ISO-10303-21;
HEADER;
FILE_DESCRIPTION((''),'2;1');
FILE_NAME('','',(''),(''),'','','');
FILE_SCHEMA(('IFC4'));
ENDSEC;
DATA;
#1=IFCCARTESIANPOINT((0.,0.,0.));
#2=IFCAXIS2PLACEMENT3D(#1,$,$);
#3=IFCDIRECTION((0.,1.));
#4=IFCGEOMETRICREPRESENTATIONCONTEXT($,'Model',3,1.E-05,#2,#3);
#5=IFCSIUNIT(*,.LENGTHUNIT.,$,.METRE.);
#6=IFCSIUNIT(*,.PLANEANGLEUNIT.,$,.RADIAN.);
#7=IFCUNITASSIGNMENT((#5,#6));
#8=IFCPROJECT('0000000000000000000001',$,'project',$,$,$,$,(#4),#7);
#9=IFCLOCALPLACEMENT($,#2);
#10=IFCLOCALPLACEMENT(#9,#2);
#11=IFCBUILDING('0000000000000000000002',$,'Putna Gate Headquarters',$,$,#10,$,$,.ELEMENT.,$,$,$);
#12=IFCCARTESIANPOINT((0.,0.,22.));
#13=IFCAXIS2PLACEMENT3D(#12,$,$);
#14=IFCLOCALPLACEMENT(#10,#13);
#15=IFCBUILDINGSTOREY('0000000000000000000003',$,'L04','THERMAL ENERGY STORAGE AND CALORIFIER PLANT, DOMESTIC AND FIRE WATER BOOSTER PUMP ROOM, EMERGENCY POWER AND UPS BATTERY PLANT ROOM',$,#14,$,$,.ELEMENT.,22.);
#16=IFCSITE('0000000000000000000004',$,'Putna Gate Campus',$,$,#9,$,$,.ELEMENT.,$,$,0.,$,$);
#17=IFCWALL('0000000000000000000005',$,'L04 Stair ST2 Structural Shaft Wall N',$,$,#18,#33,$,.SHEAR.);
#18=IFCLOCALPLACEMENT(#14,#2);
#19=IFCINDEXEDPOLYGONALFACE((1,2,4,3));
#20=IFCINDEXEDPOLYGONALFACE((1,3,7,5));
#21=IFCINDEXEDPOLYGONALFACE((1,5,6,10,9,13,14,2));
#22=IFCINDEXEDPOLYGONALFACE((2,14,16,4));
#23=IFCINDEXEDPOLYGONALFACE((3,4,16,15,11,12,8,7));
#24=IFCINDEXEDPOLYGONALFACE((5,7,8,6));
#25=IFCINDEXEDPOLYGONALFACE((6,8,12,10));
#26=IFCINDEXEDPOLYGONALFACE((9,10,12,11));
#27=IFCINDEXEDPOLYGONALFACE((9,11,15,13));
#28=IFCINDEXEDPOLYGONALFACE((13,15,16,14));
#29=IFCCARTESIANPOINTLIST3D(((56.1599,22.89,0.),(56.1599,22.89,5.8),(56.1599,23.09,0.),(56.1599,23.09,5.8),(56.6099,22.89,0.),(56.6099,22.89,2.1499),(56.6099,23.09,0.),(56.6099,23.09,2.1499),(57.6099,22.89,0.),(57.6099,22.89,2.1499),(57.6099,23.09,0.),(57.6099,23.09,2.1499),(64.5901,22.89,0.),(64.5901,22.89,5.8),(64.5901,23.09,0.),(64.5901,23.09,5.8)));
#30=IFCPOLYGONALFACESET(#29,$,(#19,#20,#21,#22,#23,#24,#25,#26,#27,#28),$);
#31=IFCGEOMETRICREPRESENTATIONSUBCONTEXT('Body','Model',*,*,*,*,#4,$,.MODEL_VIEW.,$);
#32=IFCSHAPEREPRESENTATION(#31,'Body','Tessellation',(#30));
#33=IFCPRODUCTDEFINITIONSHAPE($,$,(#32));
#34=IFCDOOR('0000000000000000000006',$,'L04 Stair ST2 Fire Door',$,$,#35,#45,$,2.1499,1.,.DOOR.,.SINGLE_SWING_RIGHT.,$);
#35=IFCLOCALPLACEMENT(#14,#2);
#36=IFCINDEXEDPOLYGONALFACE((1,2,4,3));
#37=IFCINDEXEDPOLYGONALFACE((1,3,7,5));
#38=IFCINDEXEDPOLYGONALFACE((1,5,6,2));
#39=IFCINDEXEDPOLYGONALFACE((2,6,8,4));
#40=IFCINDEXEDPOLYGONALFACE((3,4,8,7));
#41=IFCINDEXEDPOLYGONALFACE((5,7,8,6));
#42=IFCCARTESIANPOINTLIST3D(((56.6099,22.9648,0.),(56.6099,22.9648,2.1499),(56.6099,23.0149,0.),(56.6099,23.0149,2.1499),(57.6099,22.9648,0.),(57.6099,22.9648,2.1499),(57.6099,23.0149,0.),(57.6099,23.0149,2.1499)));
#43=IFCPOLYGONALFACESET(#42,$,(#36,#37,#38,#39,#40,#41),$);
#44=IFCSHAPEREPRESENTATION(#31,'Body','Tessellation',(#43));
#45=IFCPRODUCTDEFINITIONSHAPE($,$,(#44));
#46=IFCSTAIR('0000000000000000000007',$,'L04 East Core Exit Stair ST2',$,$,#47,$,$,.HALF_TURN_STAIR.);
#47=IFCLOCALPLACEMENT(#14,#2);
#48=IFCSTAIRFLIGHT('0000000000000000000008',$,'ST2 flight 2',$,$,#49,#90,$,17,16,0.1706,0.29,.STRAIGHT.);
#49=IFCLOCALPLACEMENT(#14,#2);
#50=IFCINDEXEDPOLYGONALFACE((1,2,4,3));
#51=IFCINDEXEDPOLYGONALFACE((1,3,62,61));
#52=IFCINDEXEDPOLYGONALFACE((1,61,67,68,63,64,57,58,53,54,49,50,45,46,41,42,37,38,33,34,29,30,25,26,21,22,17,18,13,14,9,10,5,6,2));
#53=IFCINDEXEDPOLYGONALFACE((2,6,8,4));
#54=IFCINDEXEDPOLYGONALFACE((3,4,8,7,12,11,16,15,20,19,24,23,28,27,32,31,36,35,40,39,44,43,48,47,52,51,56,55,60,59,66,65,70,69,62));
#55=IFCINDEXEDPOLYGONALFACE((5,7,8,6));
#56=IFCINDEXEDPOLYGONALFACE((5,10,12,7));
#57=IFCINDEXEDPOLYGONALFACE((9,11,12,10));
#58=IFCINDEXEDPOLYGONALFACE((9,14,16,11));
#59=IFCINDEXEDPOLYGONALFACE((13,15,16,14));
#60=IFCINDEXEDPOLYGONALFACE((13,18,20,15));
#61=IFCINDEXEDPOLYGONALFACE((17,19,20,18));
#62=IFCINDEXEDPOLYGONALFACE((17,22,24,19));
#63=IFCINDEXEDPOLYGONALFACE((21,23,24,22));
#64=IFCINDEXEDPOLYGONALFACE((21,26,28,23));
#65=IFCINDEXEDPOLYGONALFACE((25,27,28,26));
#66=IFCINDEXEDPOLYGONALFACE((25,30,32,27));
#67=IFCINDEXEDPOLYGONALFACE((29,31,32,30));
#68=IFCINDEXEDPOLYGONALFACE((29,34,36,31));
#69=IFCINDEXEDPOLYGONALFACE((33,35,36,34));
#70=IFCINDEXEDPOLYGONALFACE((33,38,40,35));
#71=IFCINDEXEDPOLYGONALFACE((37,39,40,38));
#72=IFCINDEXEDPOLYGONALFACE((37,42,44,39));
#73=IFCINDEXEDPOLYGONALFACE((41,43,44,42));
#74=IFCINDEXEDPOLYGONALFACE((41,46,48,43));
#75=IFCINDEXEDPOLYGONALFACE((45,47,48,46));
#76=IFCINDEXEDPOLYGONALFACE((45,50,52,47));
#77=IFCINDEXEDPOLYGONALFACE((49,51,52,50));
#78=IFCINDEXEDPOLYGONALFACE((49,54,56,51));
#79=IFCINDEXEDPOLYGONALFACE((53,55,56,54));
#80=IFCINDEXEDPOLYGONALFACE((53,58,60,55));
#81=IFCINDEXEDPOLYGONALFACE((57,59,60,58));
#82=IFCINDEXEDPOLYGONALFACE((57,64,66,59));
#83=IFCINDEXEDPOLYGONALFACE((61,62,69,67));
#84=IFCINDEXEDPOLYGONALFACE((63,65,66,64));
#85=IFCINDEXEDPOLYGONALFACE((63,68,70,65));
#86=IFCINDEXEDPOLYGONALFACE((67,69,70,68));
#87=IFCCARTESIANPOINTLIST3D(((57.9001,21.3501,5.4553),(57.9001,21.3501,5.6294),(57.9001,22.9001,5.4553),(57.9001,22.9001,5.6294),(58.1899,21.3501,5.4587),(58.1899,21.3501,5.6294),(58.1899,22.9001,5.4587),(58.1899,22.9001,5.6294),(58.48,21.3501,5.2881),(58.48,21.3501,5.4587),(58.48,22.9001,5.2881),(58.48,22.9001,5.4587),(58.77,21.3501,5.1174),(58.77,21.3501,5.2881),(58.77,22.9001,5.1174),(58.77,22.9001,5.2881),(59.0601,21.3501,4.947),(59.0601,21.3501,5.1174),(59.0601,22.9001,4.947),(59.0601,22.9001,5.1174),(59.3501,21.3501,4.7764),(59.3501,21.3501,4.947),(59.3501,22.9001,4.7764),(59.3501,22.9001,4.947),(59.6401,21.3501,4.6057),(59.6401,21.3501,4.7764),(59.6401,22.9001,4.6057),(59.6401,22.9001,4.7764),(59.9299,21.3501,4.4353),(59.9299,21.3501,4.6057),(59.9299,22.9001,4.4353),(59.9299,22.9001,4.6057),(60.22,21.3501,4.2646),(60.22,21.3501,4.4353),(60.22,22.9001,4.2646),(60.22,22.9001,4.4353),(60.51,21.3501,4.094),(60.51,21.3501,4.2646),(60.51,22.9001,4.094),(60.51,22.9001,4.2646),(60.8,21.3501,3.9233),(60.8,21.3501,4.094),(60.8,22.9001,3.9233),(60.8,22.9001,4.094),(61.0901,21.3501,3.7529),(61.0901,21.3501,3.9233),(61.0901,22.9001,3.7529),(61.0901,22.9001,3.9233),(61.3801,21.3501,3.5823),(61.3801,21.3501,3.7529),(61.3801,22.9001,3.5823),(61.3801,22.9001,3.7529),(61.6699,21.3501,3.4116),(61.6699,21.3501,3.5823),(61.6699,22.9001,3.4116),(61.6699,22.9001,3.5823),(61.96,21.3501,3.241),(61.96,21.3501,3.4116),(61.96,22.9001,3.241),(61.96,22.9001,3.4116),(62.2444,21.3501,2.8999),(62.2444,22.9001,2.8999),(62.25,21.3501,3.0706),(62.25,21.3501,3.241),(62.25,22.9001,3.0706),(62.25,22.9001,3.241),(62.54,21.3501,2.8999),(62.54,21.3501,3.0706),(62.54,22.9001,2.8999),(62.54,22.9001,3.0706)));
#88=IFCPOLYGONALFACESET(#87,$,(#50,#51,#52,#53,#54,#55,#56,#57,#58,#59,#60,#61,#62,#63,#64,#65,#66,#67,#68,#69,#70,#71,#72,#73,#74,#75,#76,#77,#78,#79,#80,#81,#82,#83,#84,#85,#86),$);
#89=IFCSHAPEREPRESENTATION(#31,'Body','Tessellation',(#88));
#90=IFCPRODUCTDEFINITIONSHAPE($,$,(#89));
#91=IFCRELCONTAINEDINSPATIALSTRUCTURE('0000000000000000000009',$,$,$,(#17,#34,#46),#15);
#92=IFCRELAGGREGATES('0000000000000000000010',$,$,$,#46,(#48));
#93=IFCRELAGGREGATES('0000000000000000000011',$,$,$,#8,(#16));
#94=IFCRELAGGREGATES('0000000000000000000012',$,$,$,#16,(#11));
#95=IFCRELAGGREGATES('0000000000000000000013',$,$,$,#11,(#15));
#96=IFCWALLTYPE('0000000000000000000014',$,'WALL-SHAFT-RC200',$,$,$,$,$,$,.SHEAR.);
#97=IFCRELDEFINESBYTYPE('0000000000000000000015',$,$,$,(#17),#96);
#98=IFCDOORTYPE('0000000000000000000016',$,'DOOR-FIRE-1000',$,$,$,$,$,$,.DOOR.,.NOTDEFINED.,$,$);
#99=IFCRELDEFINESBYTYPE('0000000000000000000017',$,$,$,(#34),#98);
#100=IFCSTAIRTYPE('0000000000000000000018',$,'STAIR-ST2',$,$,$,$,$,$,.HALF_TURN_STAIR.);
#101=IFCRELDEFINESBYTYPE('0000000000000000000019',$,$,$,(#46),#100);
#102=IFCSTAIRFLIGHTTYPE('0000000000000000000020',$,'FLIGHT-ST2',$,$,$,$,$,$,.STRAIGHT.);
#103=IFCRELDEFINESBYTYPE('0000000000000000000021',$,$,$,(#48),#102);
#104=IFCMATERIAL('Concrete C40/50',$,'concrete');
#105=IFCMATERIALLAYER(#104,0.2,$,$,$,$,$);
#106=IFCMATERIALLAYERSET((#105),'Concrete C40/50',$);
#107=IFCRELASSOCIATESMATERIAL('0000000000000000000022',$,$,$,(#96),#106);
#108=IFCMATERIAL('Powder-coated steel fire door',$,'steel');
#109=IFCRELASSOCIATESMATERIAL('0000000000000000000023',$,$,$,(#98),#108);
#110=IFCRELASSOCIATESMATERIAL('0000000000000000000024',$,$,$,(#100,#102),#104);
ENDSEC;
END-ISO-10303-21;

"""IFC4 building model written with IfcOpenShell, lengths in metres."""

from ifc_helpers import new_model, si_unit, direction, frame, frame_2d, origin, place, context, subcontext, project, spatial, polyline, rectangle, outline, extrude, material, layer, layer_set, type_object, element, fill, aggregate, save


model = new_model("IFC4")

# Units and contexts
model_context = context("Model", 3, precision=1e-05, world=origin(), true_north=direction((0.0, 1.0)))
body_context = subcontext(model_context, "Body", "Model", "MODEL_VIEW")
ifc_project = project(units=[si_unit("LENGTHUNIT", "METRE"), si_unit("PLANEANGLEUNIT", "RADIAN")], contexts=[model_context])

# Site, building, storey
site_placement = place(None, origin())
site = spatial("IfcSite", under=ifc_project, at=site_placement, Name="Putna Gate Campus", CompositionType="ELEMENT", RefElevation=0.0)
building_placement = place(site_placement, origin())
building = spatial("IfcBuilding", under=site, at=building_placement, Name="Putna Gate Headquarters", CompositionType="ELEMENT")
storey_placement = place(building_placement, frame((0.0, 0.0, 22.0)))
storey = spatial("IfcBuildingStorey", under=building, at=storey_placement, Name="L04", Description="THERMAL ENERGY STORAGE AND CALORIFIER PLANT, DOMESTIC AND FIRE WATER BOOSTER PUMP ROOM, EMERGENCY POWER AND UPS BATTERY PLANT ROOM", CompositionType="ELEMENT", Elevation=22.0)

# Shared definitions
ifc_material_1 = material(Name="Concrete C40/50", Category="concrete")

# Wall, opening, door
ifc_layer_1 = layer(ifc_material_1, 0.2)
ifc_layer_set_1 = layer_set([ifc_layer_1], Name="Concrete C40/50")
wall_type_1 = type_object("IfcWallType", Name="WALL-SHAFT-RC200", PredefinedType="SHEAR", material=ifc_layer_set_1)
wall_1_placement = place(storey_placement, frame((56.1599, 22.99, 0.0), z_axis=(0.0, 0.0, 1.0), x_axis=(1.0, 0.0, 0.0)))
wall_1 = element("IfcWall", 1, at=wall_1_placement, inside=storey, type_object=wall_type_1, Name="L04 Stair ST2 Structural Shaft Wall N", PredefinedType="SHEAR", context=body_context, shape_type="SweptSolid", body=[
    extrude(rectangle(XDim=8.4302, YDim=0.2, at=frame_2d((4.2151, 0.0))), origin(), (0.0, 0.0, 1.0), 5.8),
])
opening_1_placement = place(wall_1_placement, frame((0.45, 0.0, 0.0)))
opening_1 = element("IfcOpeningElement", 2, at=opening_1_placement, cuts=wall_1, PredefinedType="OPENING", context=body_context, shape_type="SweptSolid", body=[
    extrude(rectangle(XDim=1.0, YDim=2.1499, at=frame_2d((0.5, 1.075))), frame((0.0, 0.1099, 0.0), z_axis=(0.0, -1.0, 0.0), x_axis=(1.0, 0.0, 0.0)), (0.0, 0.0, 1.0), 0.22),
])
ifc_material_2 = material(Name="Powder-coated steel fire door", Category="steel")
door_type_1 = type_object("IfcDoorType", Name="DOOR-FIRE-1000", OperationType="NOTDEFINED", PredefinedType="DOOR", material=ifc_material_2)
door_1_placement = place(opening_1_placement, origin())
door_1 = element("IfcDoor", 3, at=door_1_placement, inside=storey, type_object=door_type_1, Name="L04 Stair ST2 Fire Door", OperationType="SINGLE_SWING_RIGHT", OverallHeight=2.1499, OverallWidth=1.0, PredefinedType="DOOR", context=body_context, shape_type="SweptSolid", body=[
    extrude(rectangle(XDim=1.0, YDim=2.1499, at=frame_2d((0.5, 1.075))), frame((0.0, 0.0249, 0.0), z_axis=(0.0, -1.0, 0.0), x_axis=(1.0, 0.0, 0.0)), (0.0, 0.0, 1.0), 0.05),
])
fill(opening_1, door_1)

# Stair, stair flight
stair_type = type_object("IfcStairType", Name="STAIR-ST2", PredefinedType="HALF_TURN_STAIR", material=ifc_material_1)
stair_placement = place(storey_placement, origin())
stair = element("IfcStair", 4, at=stair_placement, inside=storey, type_object=stair_type, Name="L04 East Core Exit Stair ST2", PredefinedType="HALF_TURN_STAIR")
stair_flight_type = type_object("IfcStairFlightType", Name="FLIGHT-ST2", PredefinedType="STRAIGHT", material=ifc_material_1)
stair_flight_placement = place(storey_placement, frame((62.54, 22.125, 2.8999), z_axis=(0.0, 0.0, 1.0), x_axis=(-1.0, 0.0, 0.0)))
stair_flight = element("IfcStairFlight", 5, at=stair_flight_placement, type_object=stair_flight_type, Name="ST2 flight 2", NumberOfRisers=17, NumberOfTreads=16, PredefinedType="STRAIGHT", RiserHeight=0.1706, TreadLength=0.29, context=body_context, shape_type="SweptSolid", body=[
    extrude(outline(polyline([(0.0, 0.0), (0.0, 0.1707), (0.29, 0.1707), (0.29, 0.3411), (0.5801, 0.3411), (0.5801, 0.5117), (0.8701, 0.5117), (0.8701, 0.6824), (1.1599, 0.6824), (1.1599, 0.853), (1.45, 0.853), (1.45, 1.0234), (1.74, 1.0234), (1.74, 1.1941), (2.03, 1.1941), (2.03, 1.3647), (2.3201, 1.3647), (2.3201, 1.5354), (2.6101, 1.5354), (2.6101, 1.7058), (2.8999, 1.7058), (2.8999, 1.8765), (3.1899, 1.8765), (3.1899, 2.0471), (3.48, 2.0471), (3.48, 2.2175), (3.77, 2.2175), (3.77, 2.3882), (4.0601, 2.3882), (4.0601, 2.5588), (4.3501, 2.5588), (4.3501, 2.7295), (4.6399, 2.7295), (4.6399, 2.8999), (4.6399, 2.5554), (0.2957, 0.0), (0.0, 0.0)])), frame((0.0, 0.7749, 0.0), z_axis=(0.0, -1.0, 0.0), x_axis=(1.0, 0.0, 0.0)), (0.0, 0.0, 1.0), 1.55),
])
aggregate(stair, [stair_flight])

save(model, "model.ifc")
